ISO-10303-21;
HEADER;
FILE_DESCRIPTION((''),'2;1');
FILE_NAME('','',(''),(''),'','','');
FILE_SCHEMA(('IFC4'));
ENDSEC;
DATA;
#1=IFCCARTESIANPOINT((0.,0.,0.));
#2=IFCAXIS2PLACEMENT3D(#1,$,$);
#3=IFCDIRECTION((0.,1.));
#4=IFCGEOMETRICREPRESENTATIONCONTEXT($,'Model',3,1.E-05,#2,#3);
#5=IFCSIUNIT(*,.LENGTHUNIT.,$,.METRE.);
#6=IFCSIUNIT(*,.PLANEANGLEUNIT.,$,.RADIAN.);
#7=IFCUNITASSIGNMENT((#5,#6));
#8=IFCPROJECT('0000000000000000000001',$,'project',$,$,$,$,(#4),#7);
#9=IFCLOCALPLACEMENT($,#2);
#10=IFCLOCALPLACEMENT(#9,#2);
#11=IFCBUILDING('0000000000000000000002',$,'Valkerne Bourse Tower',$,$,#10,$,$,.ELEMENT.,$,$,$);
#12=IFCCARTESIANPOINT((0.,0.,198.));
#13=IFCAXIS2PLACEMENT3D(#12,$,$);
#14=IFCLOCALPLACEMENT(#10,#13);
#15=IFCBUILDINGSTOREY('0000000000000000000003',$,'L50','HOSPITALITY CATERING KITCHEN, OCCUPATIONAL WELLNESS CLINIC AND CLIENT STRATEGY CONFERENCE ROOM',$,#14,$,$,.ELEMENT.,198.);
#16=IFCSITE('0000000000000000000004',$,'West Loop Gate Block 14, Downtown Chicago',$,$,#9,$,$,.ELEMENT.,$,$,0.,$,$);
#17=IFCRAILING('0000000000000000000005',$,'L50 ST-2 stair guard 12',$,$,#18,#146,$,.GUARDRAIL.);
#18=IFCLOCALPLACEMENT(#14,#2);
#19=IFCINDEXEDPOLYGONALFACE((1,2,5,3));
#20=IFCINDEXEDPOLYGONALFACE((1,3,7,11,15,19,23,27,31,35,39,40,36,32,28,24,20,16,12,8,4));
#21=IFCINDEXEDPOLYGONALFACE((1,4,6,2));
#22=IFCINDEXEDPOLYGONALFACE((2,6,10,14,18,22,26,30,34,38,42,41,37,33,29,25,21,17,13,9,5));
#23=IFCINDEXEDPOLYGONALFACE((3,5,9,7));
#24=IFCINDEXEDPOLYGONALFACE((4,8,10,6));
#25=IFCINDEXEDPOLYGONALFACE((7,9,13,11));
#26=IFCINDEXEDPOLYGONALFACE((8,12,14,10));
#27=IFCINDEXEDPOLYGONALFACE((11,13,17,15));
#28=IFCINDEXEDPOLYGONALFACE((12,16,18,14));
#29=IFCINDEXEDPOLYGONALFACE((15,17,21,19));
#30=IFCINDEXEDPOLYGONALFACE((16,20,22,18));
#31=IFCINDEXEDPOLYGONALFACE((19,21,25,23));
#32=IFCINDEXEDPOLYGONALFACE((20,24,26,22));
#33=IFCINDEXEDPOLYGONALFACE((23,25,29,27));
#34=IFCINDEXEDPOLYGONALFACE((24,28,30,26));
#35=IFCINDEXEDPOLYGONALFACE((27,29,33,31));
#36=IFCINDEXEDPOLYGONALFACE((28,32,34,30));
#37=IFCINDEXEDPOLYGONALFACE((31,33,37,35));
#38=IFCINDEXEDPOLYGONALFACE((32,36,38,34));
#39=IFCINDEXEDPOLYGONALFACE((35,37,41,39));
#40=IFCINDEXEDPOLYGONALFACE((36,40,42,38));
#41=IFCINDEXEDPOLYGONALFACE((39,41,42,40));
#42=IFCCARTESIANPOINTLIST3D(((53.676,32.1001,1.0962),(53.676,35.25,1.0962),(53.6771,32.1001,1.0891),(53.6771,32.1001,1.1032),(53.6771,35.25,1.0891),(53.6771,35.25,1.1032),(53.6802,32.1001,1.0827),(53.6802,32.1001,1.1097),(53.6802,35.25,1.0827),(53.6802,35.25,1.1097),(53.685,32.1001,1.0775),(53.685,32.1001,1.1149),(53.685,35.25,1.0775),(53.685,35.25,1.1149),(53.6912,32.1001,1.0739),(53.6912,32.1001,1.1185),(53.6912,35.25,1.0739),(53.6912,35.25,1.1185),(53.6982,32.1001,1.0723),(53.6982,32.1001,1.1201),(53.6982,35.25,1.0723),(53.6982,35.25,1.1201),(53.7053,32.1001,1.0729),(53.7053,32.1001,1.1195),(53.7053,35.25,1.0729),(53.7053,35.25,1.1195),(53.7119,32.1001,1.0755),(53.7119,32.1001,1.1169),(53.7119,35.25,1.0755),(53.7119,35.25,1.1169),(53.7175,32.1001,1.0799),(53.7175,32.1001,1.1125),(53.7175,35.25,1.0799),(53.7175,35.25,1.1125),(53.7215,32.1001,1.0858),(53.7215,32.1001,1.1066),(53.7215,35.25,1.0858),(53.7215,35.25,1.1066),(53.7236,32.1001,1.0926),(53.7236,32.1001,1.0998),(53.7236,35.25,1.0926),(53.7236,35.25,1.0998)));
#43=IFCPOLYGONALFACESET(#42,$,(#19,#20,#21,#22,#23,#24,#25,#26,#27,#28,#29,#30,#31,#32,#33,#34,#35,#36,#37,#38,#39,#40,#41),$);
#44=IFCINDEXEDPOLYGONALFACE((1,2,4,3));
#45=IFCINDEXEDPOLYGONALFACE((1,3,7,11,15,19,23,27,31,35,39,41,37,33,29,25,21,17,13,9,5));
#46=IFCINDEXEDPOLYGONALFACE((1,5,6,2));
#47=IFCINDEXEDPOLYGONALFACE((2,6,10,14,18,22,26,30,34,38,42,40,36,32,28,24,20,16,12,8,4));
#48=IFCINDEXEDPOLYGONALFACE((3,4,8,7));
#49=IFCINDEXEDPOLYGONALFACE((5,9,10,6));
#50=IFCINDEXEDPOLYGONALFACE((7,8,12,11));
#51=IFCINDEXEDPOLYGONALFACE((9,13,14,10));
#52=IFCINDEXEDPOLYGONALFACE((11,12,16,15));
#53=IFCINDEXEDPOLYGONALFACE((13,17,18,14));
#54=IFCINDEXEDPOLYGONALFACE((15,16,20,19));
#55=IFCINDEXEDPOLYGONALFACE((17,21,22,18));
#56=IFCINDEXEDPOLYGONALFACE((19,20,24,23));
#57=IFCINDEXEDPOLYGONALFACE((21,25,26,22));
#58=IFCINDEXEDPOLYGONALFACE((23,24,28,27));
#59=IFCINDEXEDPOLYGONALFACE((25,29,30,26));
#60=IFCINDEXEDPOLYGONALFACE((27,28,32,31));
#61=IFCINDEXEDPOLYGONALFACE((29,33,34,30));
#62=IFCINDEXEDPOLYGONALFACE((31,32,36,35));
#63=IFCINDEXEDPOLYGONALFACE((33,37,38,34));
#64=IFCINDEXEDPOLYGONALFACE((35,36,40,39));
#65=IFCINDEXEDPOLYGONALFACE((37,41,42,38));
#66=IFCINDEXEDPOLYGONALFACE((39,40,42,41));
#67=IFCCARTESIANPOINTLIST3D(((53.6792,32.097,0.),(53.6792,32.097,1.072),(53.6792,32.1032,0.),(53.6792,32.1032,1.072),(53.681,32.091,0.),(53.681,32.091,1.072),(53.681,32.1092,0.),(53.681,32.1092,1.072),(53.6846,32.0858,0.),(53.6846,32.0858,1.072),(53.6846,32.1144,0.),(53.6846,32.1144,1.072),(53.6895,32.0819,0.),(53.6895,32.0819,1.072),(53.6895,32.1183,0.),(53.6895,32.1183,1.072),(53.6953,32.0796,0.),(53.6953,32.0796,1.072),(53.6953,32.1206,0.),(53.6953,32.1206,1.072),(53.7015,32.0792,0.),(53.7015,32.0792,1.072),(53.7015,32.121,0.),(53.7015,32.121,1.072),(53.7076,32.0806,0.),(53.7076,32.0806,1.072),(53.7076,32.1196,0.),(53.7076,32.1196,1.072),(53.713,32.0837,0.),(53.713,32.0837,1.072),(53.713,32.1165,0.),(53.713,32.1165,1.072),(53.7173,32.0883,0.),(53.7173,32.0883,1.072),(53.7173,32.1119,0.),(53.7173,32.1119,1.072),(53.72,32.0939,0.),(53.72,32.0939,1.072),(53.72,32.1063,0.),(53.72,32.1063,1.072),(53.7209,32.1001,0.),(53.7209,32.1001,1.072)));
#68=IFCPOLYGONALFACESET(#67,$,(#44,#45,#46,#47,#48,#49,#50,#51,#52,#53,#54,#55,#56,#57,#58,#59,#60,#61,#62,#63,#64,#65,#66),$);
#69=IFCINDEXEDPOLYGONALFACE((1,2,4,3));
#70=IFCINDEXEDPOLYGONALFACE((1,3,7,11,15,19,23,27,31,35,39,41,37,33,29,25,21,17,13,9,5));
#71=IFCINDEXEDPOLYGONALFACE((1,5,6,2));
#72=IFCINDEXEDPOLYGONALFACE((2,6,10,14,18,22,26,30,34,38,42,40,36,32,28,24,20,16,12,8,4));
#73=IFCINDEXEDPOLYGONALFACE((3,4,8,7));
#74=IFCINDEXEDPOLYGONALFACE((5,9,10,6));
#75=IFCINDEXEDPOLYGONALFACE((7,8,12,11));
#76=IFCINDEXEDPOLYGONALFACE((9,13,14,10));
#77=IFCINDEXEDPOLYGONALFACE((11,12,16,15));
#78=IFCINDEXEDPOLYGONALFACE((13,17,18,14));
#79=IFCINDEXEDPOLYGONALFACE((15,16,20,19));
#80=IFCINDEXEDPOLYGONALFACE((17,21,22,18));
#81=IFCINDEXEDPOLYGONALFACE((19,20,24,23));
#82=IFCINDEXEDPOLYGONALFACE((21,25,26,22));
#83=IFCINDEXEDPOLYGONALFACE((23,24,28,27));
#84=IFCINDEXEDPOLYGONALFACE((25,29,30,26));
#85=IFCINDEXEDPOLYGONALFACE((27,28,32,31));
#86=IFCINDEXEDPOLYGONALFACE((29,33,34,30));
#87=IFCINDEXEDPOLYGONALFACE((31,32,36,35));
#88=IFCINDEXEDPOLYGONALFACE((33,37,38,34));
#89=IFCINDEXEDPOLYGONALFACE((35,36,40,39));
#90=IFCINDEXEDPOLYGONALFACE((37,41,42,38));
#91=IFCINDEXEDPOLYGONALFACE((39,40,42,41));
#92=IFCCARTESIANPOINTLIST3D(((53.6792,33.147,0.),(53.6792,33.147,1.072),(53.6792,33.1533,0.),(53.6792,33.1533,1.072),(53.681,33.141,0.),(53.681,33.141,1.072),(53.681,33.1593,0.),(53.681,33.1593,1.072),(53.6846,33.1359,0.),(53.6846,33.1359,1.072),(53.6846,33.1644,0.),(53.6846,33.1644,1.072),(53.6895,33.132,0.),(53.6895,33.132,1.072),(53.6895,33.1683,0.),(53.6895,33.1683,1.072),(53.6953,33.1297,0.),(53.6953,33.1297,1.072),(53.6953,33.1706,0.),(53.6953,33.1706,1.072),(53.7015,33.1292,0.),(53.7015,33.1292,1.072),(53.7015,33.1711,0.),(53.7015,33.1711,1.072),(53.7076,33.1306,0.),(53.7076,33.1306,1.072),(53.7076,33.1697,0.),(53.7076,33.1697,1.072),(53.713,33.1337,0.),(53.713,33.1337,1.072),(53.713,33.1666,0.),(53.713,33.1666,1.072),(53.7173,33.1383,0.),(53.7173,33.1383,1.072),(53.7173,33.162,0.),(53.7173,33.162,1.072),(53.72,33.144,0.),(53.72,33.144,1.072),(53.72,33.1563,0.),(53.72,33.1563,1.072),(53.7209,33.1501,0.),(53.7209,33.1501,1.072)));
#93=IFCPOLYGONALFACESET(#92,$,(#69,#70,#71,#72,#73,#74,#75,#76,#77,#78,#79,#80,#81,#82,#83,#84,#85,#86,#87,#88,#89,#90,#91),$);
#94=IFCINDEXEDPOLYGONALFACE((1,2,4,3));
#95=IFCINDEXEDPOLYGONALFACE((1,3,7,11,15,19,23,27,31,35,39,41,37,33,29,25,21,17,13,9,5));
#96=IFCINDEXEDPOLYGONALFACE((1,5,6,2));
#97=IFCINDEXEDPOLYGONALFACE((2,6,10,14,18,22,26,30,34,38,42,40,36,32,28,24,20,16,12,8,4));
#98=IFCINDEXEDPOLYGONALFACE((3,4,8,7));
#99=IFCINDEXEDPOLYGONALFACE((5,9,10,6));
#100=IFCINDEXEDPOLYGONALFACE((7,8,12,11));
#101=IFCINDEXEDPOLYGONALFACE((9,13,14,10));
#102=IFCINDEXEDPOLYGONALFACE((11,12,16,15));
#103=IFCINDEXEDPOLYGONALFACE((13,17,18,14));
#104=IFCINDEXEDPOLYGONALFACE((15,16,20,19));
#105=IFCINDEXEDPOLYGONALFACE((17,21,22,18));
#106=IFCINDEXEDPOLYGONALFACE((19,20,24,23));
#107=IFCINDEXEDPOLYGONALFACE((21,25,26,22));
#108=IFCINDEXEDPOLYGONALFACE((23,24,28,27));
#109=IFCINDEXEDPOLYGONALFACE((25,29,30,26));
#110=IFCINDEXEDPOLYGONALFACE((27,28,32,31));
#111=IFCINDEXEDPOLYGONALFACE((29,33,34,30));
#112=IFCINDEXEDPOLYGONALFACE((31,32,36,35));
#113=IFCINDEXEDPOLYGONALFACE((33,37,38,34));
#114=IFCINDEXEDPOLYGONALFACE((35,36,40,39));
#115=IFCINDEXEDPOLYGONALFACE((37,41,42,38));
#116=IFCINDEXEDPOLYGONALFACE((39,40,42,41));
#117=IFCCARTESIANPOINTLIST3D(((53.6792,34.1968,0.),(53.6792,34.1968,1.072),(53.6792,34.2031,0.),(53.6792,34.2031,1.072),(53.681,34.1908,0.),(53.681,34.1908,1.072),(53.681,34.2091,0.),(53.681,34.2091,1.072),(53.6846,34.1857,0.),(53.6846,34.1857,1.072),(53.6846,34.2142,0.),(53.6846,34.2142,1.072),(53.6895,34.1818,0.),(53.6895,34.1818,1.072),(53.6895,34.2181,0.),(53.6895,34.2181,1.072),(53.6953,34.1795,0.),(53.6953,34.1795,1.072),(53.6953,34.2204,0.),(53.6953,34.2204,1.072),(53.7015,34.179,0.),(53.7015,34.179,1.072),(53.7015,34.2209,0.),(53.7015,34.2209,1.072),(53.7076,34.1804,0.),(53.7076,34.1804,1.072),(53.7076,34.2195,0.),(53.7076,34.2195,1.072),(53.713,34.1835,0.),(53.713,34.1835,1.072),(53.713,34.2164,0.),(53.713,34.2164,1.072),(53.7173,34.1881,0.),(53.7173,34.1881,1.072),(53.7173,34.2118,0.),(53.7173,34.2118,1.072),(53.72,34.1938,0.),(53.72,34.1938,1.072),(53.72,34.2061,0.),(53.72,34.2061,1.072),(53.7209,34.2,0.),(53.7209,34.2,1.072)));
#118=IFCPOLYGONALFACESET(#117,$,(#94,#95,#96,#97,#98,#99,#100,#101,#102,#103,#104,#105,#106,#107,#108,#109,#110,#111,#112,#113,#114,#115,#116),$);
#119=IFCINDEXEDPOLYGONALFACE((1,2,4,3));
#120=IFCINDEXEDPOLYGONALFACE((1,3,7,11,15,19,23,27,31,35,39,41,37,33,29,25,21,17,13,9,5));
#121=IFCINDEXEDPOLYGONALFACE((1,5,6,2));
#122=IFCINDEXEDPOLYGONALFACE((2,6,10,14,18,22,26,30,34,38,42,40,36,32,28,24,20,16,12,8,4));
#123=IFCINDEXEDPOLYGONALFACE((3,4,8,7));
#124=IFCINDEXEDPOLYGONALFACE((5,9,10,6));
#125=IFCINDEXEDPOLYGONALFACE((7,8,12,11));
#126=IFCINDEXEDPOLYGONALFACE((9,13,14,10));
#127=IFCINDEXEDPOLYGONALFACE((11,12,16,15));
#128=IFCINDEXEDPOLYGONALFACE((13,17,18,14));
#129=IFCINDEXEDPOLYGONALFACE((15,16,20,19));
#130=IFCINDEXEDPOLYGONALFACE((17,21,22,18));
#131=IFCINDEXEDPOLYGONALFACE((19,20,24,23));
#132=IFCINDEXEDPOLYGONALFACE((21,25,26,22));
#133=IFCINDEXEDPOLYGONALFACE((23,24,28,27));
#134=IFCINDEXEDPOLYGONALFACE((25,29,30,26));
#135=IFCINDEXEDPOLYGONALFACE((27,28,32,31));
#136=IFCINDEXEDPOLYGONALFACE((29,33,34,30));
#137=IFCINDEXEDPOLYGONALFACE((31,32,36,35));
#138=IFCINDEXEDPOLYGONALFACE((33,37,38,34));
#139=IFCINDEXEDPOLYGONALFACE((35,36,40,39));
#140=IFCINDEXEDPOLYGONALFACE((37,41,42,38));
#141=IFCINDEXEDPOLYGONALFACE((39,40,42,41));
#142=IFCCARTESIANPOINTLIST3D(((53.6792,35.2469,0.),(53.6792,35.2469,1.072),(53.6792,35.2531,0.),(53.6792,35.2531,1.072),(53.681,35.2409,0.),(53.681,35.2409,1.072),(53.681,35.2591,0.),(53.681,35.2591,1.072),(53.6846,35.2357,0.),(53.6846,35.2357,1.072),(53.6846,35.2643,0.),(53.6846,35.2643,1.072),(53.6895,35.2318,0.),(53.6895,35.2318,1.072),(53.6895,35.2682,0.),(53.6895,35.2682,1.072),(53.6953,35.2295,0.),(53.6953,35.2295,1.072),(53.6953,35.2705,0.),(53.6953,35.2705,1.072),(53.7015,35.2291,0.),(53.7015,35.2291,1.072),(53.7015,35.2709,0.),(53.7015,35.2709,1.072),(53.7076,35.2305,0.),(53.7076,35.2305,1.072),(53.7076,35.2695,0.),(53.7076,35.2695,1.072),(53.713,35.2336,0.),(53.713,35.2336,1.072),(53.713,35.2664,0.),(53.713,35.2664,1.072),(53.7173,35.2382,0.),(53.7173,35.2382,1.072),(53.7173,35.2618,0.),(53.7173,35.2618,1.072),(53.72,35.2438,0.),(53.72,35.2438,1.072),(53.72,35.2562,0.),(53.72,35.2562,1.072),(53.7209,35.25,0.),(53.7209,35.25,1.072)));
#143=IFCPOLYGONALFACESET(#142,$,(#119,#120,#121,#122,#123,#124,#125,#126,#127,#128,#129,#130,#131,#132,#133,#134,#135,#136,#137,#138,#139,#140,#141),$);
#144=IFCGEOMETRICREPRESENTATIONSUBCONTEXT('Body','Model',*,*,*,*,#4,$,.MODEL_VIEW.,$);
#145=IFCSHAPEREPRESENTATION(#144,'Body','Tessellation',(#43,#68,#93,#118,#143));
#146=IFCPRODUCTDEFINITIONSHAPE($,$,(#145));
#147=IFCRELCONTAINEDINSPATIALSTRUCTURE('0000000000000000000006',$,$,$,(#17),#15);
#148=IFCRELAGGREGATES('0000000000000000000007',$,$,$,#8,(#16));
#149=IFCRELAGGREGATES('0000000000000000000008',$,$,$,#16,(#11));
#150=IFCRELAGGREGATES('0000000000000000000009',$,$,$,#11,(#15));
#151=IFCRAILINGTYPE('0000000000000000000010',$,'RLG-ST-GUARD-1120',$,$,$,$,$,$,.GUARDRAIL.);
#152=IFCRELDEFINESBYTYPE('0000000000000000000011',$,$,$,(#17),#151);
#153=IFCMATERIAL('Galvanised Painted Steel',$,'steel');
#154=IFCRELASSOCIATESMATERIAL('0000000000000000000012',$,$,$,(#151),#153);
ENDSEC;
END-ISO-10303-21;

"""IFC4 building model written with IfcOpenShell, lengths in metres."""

from ifc_helpers import new_model, si_unit, direction, frame, origin, origin_2d, place, context, subcontext, project, spatial, circle, extrude, material, type_object, element, save


model = new_model("IFC4")

# Units and contexts
model_context = context("Model", 3, precision=1e-05, world=origin(), true_north=direction((0.0, 1.0)))
body_context = subcontext(model_context, "Body", "Model", "MODEL_VIEW")
ifc_project = project(units=[si_unit("LENGTHUNIT", "METRE"), si_unit("PLANEANGLEUNIT", "RADIAN")], contexts=[model_context])

# Site, building, storey
site_placement = place(None, origin())
site = spatial("IfcSite", under=ifc_project, at=site_placement, Name="West Loop Gate Block 14, Downtown Chicago", CompositionType="ELEMENT", RefElevation=0.0)
building_placement = place(site_placement, origin())
building = spatial("IfcBuilding", under=site, at=building_placement, Name="Valkerne Bourse Tower", CompositionType="ELEMENT")
storey_placement = place(building_placement, frame((0.0, 0.0, 198.0)))
storey = spatial("IfcBuildingStorey", under=building, at=storey_placement, Name="L50", Description="HOSPITALITY CATERING KITCHEN, OCCUPATIONAL WELLNESS CLINIC AND CLIENT STRATEGY CONFERENCE ROOM", CompositionType="ELEMENT", Elevation=198.0)

# Railing
ifc_material_1 = material(Name="Galvanised Painted Steel", Category="steel")
railing_type = type_object("IfcRailingType", Name="RLG-ST-GUARD-1120", PredefinedType="GUARDRAIL", material=ifc_material_1)
railing_1_placement = place(storey_placement, frame((53.7, 32.1001, 0.0)))
element("IfcRailing", 1, at=railing_1_placement, inside=storey, type_object=railing_type, Name="L50 ST-2 stair guard 12", PredefinedType="GUARDRAIL", context=body_context, shape_type="SweptSolid", body=[
    extrude(circle(Radius=0.0239, at=origin_2d()), frame((0.0, 0.0, 1.0962), z_axis=(0.0, 1.0, 0.0), x_axis=(-1.0, 0.0, 0.0)), (0.0, 0.0, 1.0), 3.1499),
    extrude(circle(Radius=0.021, at=origin_2d()), origin(), (0.0, 0.0, 1.0), 1.072),
    extrude(circle(Radius=0.021, at=origin_2d()), frame((0.0, 1.05, 0.0)), (0.0, 0.0, 1.0), 1.072),
    extrude(circle(Radius=0.021, at=origin_2d()), frame((0.0, 2.0999, 0.0)), (0.0, 0.0, 1.0), 1.072),
    extrude(circle(Radius=0.021, at=origin_2d()), frame((0.0, 3.1499, 0.0)), (0.0, 0.0, 1.0), 1.072),
])

save(model, "model.ifc")
